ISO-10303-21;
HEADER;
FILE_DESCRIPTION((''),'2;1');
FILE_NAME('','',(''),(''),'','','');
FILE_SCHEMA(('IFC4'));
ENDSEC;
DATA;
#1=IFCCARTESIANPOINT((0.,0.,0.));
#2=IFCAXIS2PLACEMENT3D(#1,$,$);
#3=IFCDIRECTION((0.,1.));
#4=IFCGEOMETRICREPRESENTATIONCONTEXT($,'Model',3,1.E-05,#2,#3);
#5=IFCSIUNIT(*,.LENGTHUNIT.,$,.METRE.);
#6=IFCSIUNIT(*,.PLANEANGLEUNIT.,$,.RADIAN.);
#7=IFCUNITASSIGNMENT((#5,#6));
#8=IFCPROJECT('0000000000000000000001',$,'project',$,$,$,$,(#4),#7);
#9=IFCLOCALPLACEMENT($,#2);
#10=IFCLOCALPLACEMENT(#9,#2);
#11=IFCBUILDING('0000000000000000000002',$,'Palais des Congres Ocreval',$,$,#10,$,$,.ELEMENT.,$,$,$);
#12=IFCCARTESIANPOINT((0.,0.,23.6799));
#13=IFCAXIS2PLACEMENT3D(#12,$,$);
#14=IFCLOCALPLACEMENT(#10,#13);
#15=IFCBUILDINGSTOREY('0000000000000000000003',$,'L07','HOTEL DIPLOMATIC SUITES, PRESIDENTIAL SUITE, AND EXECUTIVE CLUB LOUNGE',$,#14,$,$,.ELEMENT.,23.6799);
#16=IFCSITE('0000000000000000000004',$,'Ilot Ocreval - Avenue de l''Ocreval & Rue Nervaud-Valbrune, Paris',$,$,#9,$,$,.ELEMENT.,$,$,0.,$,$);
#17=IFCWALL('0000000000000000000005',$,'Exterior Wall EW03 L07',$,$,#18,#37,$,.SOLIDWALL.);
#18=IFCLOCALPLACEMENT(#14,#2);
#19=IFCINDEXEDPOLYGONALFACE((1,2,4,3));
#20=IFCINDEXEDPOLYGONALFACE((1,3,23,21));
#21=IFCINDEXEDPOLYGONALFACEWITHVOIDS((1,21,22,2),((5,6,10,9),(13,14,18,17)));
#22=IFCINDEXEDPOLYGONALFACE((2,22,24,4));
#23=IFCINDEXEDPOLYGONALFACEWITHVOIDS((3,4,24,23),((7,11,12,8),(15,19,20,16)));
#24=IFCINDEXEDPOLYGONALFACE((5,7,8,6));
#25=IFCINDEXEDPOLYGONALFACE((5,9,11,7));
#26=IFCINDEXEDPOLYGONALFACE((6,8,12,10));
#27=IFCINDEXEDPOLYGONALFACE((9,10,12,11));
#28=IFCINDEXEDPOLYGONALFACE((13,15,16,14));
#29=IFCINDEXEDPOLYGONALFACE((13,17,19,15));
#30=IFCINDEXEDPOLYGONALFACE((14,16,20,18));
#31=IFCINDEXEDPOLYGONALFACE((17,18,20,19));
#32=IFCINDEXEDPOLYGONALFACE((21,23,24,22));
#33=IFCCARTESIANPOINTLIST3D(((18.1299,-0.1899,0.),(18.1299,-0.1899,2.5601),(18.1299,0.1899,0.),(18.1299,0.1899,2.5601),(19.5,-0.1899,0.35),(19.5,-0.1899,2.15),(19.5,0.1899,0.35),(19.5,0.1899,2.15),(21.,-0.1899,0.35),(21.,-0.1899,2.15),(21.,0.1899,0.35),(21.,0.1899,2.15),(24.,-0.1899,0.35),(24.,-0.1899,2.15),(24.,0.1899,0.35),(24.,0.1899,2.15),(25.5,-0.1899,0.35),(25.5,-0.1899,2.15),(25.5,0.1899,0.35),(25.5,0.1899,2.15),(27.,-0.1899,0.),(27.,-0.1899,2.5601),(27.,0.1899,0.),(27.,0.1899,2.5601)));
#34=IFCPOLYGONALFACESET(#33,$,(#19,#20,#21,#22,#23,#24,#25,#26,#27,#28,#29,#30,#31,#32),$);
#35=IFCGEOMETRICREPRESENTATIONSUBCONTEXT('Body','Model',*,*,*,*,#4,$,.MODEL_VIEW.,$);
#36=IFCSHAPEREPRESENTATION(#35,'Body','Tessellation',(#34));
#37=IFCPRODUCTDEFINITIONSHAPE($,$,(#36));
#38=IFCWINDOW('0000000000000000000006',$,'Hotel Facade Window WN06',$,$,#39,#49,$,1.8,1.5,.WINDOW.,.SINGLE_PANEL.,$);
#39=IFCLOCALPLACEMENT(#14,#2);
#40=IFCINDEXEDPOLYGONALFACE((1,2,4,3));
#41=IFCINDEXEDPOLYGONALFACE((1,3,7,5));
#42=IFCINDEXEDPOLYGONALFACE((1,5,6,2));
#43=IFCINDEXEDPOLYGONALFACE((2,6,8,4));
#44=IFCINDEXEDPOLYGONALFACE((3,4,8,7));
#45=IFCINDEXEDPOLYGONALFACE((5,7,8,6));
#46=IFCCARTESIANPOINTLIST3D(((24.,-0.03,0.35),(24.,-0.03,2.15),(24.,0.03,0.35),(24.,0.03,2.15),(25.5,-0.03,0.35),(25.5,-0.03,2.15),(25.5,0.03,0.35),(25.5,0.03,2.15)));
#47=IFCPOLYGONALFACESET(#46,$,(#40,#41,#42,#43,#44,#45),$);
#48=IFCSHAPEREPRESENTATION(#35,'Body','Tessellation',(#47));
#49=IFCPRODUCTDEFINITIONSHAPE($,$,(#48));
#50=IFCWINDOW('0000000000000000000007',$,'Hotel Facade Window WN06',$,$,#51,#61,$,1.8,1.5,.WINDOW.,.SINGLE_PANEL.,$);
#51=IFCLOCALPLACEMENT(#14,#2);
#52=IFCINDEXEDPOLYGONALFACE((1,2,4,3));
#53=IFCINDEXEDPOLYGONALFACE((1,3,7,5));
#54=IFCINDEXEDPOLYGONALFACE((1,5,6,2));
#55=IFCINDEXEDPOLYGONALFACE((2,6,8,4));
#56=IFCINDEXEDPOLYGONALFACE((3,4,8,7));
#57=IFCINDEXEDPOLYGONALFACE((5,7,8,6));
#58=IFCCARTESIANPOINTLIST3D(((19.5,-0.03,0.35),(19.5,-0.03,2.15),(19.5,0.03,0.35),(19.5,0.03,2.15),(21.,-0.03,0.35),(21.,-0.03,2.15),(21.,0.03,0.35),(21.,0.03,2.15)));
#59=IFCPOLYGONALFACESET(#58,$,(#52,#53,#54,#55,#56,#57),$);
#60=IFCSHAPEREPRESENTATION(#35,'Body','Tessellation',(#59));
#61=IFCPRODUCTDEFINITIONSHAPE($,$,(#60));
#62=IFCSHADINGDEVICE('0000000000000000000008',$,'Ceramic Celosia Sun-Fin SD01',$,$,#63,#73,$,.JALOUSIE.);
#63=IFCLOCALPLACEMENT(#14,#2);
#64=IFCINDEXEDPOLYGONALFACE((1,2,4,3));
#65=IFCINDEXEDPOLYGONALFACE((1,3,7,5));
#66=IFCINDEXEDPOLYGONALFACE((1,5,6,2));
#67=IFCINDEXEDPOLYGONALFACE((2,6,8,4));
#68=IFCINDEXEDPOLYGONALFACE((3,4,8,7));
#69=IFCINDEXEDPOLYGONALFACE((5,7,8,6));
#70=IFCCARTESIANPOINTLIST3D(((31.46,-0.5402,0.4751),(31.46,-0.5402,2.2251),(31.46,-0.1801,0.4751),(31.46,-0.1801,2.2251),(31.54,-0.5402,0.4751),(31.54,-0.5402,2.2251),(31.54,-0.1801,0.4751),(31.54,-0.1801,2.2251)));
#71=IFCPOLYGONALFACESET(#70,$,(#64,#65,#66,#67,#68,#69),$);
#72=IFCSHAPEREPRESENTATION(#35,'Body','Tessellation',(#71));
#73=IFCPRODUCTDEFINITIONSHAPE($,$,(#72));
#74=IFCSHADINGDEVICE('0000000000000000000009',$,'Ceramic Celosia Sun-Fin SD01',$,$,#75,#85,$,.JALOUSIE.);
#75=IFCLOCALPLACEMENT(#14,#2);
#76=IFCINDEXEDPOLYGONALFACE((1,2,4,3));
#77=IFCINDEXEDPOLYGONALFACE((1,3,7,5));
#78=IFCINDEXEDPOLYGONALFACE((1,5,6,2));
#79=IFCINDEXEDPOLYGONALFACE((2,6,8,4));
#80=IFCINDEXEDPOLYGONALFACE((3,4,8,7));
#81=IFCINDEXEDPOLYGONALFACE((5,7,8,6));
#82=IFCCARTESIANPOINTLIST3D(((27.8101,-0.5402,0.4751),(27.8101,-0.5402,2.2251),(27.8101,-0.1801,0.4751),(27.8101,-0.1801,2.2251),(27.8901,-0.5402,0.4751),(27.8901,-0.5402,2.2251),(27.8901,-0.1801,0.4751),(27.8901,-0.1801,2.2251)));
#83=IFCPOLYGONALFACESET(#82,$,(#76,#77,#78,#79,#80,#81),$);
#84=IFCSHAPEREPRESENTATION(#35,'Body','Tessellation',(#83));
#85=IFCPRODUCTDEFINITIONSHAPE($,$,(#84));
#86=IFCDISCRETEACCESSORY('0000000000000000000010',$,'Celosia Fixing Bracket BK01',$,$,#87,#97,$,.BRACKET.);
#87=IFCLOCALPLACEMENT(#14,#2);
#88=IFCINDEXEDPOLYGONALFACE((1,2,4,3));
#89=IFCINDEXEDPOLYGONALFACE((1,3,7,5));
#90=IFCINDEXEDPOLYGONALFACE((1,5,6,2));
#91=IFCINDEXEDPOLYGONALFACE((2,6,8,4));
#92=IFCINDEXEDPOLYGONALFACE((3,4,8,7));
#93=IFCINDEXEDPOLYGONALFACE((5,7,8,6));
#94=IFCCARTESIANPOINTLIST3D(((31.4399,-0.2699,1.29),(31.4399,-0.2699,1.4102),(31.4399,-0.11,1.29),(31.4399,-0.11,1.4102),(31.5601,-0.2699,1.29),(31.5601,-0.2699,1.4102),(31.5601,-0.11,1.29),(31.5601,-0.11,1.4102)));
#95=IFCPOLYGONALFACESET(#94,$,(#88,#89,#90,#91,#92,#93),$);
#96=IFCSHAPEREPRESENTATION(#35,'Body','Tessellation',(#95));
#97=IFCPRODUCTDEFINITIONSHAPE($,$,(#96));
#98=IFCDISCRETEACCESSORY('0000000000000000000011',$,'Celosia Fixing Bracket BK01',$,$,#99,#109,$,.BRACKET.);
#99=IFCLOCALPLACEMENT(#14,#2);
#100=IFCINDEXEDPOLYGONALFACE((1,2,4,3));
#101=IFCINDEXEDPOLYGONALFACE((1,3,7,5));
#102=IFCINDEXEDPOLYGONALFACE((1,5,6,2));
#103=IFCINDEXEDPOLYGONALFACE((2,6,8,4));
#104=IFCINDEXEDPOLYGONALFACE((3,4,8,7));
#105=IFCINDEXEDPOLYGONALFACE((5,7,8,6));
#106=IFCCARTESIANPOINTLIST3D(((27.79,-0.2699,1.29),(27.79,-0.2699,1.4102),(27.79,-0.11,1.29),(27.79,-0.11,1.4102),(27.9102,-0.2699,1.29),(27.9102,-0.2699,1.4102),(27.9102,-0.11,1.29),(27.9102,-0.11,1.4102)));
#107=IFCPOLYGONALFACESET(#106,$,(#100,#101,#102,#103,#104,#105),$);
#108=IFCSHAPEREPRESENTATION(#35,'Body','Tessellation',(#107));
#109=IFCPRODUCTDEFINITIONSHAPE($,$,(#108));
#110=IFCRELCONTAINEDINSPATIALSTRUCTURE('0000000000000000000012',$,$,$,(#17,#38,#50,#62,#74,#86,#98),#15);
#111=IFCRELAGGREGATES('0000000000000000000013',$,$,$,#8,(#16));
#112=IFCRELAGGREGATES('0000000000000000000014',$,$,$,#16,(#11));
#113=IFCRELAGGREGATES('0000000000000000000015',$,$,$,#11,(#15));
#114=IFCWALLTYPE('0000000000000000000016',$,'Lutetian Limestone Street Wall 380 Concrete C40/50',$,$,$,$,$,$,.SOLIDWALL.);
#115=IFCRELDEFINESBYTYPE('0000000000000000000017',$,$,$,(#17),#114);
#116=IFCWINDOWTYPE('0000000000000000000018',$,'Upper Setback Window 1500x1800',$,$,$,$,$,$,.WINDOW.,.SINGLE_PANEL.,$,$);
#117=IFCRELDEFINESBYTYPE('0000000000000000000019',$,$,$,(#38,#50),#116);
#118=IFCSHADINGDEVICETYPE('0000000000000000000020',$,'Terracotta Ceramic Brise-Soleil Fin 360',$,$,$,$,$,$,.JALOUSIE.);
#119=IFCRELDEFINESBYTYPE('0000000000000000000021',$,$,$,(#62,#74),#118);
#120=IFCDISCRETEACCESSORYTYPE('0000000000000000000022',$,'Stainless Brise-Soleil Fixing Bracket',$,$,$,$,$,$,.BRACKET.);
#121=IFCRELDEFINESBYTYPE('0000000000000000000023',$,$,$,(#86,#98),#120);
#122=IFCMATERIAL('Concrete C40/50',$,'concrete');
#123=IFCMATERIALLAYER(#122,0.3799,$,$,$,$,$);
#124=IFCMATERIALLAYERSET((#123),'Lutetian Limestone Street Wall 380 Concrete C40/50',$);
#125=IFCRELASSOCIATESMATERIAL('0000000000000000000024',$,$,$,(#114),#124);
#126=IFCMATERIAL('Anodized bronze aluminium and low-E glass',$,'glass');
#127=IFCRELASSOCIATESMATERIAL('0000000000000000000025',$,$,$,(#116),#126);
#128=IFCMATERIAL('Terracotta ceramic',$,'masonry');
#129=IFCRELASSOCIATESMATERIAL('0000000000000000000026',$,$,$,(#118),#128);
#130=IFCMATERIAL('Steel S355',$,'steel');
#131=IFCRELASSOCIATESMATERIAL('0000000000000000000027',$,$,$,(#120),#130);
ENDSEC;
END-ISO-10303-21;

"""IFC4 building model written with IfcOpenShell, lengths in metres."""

from ifc_helpers import new_model, si_unit, direction, frame, frame_2d, origin, origin_2d, place, context, subcontext, project, spatial, rectangle, extrude, material, layer, layer_set, type_object, element, fill, save


model = new_model("IFC4")

# Units and contexts
model_context = context("Model", 3, precision=1e-05, world=origin(), true_north=direction((0.0, 1.0)))
body_context = subcontext(model_context, "Body", "Model", "MODEL_VIEW")
ifc_project = project(units=[si_unit("LENGTHUNIT", "METRE"), si_unit("PLANEANGLEUNIT", "RADIAN")], contexts=[model_context])

# Site, building, storey
site_placement = place(None, origin())
site = spatial("IfcSite", under=ifc_project, at=site_placement, Name="Ilot Ocreval - Avenue de l'Ocreval & Rue Nervaud-Valbrune, Paris", CompositionType="ELEMENT", RefElevation=0.0)
building_placement = place(site_placement, origin())
building = spatial("IfcBuilding", under=site, at=building_placement, Name="Palais des Congres Ocreval", CompositionType="ELEMENT")
storey_placement = place(building_placement, frame((0.0, 0.0, 23.6799)))
storey = spatial("IfcBuildingStorey", under=building, at=storey_placement, Name="L07", Description="HOTEL DIPLOMATIC SUITES, PRESIDENTIAL SUITE, AND EXECUTIVE CLUB LOUNGE", CompositionType="ELEMENT", Elevation=23.6799)

# Shared definitions
ifc_material_1 = material(Name="Steel S355", Category="steel")
ifc_material_2 = material(Name="Concrete C40/50", Category="concrete")

# Wall, openings, windows
ifc_layer_1 = layer(ifc_material_2, 0.3799)
ifc_layer_set_1 = layer_set([ifc_layer_1], Name="Lutetian Limestone Street Wall 380 Concrete C40/50")
wall_type_1 = type_object("IfcWallType", Name="Lutetian Limestone Street Wall 380 Concrete C40/50", PredefinedType="SOLIDWALL", material=ifc_layer_set_1)
wall_1_placement = place(storey_placement, frame((27.0, 0.0, 0.0), z_axis=(0.0, 0.0, 1.0), x_axis=(-1.0, 0.0, 0.0)))
wall_1 = element("IfcWall", 1, at=wall_1_placement, inside=storey, type_object=wall_type_1, Name="Exterior Wall EW03 L07", PredefinedType="SOLIDWALL", context=body_context, shape_type="SweptSolid", body=[
    extrude(rectangle(XDim=8.8701, YDim=0.3799, at=frame_2d((4.4351, 0.0))), origin(), (0.0, 0.0, 1.0), 2.5601),
])
opening_1_placement = place(wall_1_placement, frame((1.5, 0.0, 0.3501)))
opening_1 = element("IfcOpeningElement", 2, at=opening_1_placement, cuts=wall_1, PredefinedType="OPENING", context=body_context, shape_type="SweptSolid", body=[
    extrude(rectangle(XDim=1.5, YDim=1.8, at=frame_2d((0.75, 0.8999))), frame((0.0, 0.2, 0.0), z_axis=(0.0, -1.0, 0.0), x_axis=(1.0, 0.0, 0.0)), (0.0, 0.0, 1.0), 0.3999),
])
opening_2_placement = place(wall_1_placement, frame((6.0, 0.0, 0.3501)))
opening_2 = element("IfcOpeningElement", 3, at=opening_2_placement, cuts=wall_1, PredefinedType="OPENING", context=body_context, shape_type="SweptSolid", body=[
    extrude(rectangle(XDim=1.5, YDim=1.8, at=frame_2d((0.75, 0.8999))), frame((0.0, 0.2, 0.0), z_axis=(0.0, -1.0, 0.0), x_axis=(1.0, 0.0, 0.0)), (0.0, 0.0, 1.0), 0.3999),
])
ifc_material_3 = material(Name="Anodized bronze aluminium and low-E glass", Category="glass")
window_type = type_object("IfcWindowType", Name="Upper Setback Window 1500x1800", PartitioningType="SINGLE_PANEL", PredefinedType="WINDOW", material=ifc_material_3)
window_1_placement = place(opening_1_placement, origin())
window_1 = element("IfcWindow", 4, at=window_1_placement, inside=storey, type_object=window_type, Name="Hotel Facade Window WN06", OverallHeight=1.8, OverallWidth=1.5, PartitioningType="SINGLE_PANEL", PredefinedType="WINDOW", context=body_context, shape_type="SweptSolid", body=[
    extrude(rectangle(XDim=1.5, YDim=1.8, at=frame_2d((0.75, 0.8999))), frame((0.0, 0.03, 0.0), z_axis=(0.0, -1.0, 0.0), x_axis=(1.0, 0.0, 0.0)), (0.0, 0.0, 1.0), 0.0601),
])
fill(opening_1, window_1)
window_2_placement = place(opening_2_placement, origin())
window_2 = element("IfcWindow", 5, at=window_2_placement, inside=storey, type_object=window_type, Name="Hotel Facade Window WN06", OverallHeight=1.8, OverallWidth=1.5, PartitioningType="SINGLE_PANEL", PredefinedType="WINDOW", context=body_context, shape_type="SweptSolid", body=[
    extrude(rectangle(XDim=1.5, YDim=1.8, at=frame_2d((0.75, 0.8999))), frame((0.0, 0.03, 0.0), z_axis=(0.0, -1.0, 0.0), x_axis=(1.0, 0.0, 0.0)), (0.0, 0.0, 1.0), 0.0601),
])
fill(opening_2, window_2)

# Shading devices
ifc_material_4 = material(Name="Terracotta ceramic", Category="masonry")
shading_device_type = type_object("IfcShadingDeviceType", Name="Terracotta Ceramic Brise-Soleil Fin 360", PredefinedType="JALOUSIE", material=ifc_material_4)
for number, where, z_axis, x_axis, name in (
    (6, (31.5, -0.3601, 0.4751), (0.0, 0.0, 1.0), (0.0, -1.0, 0.0), "Ceramic Celosia Sun-Fin SD01"),
    (7, (27.8501, -0.3601, 0.4751), (0.0, 0.0, 1.0), (0.0, -1.0, 0.0), "Ceramic Celosia Sun-Fin SD01"),
):
    element("IfcShadingDevice", number, at=place(storey_placement, frame(where, z_axis=z_axis, x_axis=x_axis)), inside=storey, type_object=shading_device_type, Name=name, PredefinedType="JALOUSIE", context=body_context, shape_type="SweptSolid", body=[
        extrude(rectangle(XDim=0.3601, YDim=0.0801, at=origin_2d()), origin(), (0.0, 0.0, 1.0), 1.75),
    ])

# Discrete accessories
discrete_accessory_type = type_object("IfcDiscreteAccessoryType", Name="Stainless Brise-Soleil Fixing Bracket", PredefinedType="BRACKET", material=ifc_material_1)
for number, where, z_axis, x_axis, name in (
    (8, (31.5, -0.1899, 1.29), (0.0, 0.0, 1.0), (0.0, -1.0, 0.0), "Celosia Fixing Bracket BK01"),
    (9, (27.8501, -0.1899, 1.29), (0.0, 0.0, 1.0), (0.0, -1.0, 0.0), "Celosia Fixing Bracket BK01"),
):
    element("IfcDiscreteAccessory", number, at=place(storey_placement, frame(where, z_axis=z_axis, x_axis=x_axis)), inside=storey, type_object=discrete_accessory_type, Name=name, PredefinedType="BRACKET", context=body_context, shape_type="SweptSolid", body=[
        extrude(rectangle(XDim=0.1599, YDim=0.1201, at=origin_2d()), origin(), (0.0, 0.0, 1.0), 0.1201),
    ])

save(model, "model.ifc")
